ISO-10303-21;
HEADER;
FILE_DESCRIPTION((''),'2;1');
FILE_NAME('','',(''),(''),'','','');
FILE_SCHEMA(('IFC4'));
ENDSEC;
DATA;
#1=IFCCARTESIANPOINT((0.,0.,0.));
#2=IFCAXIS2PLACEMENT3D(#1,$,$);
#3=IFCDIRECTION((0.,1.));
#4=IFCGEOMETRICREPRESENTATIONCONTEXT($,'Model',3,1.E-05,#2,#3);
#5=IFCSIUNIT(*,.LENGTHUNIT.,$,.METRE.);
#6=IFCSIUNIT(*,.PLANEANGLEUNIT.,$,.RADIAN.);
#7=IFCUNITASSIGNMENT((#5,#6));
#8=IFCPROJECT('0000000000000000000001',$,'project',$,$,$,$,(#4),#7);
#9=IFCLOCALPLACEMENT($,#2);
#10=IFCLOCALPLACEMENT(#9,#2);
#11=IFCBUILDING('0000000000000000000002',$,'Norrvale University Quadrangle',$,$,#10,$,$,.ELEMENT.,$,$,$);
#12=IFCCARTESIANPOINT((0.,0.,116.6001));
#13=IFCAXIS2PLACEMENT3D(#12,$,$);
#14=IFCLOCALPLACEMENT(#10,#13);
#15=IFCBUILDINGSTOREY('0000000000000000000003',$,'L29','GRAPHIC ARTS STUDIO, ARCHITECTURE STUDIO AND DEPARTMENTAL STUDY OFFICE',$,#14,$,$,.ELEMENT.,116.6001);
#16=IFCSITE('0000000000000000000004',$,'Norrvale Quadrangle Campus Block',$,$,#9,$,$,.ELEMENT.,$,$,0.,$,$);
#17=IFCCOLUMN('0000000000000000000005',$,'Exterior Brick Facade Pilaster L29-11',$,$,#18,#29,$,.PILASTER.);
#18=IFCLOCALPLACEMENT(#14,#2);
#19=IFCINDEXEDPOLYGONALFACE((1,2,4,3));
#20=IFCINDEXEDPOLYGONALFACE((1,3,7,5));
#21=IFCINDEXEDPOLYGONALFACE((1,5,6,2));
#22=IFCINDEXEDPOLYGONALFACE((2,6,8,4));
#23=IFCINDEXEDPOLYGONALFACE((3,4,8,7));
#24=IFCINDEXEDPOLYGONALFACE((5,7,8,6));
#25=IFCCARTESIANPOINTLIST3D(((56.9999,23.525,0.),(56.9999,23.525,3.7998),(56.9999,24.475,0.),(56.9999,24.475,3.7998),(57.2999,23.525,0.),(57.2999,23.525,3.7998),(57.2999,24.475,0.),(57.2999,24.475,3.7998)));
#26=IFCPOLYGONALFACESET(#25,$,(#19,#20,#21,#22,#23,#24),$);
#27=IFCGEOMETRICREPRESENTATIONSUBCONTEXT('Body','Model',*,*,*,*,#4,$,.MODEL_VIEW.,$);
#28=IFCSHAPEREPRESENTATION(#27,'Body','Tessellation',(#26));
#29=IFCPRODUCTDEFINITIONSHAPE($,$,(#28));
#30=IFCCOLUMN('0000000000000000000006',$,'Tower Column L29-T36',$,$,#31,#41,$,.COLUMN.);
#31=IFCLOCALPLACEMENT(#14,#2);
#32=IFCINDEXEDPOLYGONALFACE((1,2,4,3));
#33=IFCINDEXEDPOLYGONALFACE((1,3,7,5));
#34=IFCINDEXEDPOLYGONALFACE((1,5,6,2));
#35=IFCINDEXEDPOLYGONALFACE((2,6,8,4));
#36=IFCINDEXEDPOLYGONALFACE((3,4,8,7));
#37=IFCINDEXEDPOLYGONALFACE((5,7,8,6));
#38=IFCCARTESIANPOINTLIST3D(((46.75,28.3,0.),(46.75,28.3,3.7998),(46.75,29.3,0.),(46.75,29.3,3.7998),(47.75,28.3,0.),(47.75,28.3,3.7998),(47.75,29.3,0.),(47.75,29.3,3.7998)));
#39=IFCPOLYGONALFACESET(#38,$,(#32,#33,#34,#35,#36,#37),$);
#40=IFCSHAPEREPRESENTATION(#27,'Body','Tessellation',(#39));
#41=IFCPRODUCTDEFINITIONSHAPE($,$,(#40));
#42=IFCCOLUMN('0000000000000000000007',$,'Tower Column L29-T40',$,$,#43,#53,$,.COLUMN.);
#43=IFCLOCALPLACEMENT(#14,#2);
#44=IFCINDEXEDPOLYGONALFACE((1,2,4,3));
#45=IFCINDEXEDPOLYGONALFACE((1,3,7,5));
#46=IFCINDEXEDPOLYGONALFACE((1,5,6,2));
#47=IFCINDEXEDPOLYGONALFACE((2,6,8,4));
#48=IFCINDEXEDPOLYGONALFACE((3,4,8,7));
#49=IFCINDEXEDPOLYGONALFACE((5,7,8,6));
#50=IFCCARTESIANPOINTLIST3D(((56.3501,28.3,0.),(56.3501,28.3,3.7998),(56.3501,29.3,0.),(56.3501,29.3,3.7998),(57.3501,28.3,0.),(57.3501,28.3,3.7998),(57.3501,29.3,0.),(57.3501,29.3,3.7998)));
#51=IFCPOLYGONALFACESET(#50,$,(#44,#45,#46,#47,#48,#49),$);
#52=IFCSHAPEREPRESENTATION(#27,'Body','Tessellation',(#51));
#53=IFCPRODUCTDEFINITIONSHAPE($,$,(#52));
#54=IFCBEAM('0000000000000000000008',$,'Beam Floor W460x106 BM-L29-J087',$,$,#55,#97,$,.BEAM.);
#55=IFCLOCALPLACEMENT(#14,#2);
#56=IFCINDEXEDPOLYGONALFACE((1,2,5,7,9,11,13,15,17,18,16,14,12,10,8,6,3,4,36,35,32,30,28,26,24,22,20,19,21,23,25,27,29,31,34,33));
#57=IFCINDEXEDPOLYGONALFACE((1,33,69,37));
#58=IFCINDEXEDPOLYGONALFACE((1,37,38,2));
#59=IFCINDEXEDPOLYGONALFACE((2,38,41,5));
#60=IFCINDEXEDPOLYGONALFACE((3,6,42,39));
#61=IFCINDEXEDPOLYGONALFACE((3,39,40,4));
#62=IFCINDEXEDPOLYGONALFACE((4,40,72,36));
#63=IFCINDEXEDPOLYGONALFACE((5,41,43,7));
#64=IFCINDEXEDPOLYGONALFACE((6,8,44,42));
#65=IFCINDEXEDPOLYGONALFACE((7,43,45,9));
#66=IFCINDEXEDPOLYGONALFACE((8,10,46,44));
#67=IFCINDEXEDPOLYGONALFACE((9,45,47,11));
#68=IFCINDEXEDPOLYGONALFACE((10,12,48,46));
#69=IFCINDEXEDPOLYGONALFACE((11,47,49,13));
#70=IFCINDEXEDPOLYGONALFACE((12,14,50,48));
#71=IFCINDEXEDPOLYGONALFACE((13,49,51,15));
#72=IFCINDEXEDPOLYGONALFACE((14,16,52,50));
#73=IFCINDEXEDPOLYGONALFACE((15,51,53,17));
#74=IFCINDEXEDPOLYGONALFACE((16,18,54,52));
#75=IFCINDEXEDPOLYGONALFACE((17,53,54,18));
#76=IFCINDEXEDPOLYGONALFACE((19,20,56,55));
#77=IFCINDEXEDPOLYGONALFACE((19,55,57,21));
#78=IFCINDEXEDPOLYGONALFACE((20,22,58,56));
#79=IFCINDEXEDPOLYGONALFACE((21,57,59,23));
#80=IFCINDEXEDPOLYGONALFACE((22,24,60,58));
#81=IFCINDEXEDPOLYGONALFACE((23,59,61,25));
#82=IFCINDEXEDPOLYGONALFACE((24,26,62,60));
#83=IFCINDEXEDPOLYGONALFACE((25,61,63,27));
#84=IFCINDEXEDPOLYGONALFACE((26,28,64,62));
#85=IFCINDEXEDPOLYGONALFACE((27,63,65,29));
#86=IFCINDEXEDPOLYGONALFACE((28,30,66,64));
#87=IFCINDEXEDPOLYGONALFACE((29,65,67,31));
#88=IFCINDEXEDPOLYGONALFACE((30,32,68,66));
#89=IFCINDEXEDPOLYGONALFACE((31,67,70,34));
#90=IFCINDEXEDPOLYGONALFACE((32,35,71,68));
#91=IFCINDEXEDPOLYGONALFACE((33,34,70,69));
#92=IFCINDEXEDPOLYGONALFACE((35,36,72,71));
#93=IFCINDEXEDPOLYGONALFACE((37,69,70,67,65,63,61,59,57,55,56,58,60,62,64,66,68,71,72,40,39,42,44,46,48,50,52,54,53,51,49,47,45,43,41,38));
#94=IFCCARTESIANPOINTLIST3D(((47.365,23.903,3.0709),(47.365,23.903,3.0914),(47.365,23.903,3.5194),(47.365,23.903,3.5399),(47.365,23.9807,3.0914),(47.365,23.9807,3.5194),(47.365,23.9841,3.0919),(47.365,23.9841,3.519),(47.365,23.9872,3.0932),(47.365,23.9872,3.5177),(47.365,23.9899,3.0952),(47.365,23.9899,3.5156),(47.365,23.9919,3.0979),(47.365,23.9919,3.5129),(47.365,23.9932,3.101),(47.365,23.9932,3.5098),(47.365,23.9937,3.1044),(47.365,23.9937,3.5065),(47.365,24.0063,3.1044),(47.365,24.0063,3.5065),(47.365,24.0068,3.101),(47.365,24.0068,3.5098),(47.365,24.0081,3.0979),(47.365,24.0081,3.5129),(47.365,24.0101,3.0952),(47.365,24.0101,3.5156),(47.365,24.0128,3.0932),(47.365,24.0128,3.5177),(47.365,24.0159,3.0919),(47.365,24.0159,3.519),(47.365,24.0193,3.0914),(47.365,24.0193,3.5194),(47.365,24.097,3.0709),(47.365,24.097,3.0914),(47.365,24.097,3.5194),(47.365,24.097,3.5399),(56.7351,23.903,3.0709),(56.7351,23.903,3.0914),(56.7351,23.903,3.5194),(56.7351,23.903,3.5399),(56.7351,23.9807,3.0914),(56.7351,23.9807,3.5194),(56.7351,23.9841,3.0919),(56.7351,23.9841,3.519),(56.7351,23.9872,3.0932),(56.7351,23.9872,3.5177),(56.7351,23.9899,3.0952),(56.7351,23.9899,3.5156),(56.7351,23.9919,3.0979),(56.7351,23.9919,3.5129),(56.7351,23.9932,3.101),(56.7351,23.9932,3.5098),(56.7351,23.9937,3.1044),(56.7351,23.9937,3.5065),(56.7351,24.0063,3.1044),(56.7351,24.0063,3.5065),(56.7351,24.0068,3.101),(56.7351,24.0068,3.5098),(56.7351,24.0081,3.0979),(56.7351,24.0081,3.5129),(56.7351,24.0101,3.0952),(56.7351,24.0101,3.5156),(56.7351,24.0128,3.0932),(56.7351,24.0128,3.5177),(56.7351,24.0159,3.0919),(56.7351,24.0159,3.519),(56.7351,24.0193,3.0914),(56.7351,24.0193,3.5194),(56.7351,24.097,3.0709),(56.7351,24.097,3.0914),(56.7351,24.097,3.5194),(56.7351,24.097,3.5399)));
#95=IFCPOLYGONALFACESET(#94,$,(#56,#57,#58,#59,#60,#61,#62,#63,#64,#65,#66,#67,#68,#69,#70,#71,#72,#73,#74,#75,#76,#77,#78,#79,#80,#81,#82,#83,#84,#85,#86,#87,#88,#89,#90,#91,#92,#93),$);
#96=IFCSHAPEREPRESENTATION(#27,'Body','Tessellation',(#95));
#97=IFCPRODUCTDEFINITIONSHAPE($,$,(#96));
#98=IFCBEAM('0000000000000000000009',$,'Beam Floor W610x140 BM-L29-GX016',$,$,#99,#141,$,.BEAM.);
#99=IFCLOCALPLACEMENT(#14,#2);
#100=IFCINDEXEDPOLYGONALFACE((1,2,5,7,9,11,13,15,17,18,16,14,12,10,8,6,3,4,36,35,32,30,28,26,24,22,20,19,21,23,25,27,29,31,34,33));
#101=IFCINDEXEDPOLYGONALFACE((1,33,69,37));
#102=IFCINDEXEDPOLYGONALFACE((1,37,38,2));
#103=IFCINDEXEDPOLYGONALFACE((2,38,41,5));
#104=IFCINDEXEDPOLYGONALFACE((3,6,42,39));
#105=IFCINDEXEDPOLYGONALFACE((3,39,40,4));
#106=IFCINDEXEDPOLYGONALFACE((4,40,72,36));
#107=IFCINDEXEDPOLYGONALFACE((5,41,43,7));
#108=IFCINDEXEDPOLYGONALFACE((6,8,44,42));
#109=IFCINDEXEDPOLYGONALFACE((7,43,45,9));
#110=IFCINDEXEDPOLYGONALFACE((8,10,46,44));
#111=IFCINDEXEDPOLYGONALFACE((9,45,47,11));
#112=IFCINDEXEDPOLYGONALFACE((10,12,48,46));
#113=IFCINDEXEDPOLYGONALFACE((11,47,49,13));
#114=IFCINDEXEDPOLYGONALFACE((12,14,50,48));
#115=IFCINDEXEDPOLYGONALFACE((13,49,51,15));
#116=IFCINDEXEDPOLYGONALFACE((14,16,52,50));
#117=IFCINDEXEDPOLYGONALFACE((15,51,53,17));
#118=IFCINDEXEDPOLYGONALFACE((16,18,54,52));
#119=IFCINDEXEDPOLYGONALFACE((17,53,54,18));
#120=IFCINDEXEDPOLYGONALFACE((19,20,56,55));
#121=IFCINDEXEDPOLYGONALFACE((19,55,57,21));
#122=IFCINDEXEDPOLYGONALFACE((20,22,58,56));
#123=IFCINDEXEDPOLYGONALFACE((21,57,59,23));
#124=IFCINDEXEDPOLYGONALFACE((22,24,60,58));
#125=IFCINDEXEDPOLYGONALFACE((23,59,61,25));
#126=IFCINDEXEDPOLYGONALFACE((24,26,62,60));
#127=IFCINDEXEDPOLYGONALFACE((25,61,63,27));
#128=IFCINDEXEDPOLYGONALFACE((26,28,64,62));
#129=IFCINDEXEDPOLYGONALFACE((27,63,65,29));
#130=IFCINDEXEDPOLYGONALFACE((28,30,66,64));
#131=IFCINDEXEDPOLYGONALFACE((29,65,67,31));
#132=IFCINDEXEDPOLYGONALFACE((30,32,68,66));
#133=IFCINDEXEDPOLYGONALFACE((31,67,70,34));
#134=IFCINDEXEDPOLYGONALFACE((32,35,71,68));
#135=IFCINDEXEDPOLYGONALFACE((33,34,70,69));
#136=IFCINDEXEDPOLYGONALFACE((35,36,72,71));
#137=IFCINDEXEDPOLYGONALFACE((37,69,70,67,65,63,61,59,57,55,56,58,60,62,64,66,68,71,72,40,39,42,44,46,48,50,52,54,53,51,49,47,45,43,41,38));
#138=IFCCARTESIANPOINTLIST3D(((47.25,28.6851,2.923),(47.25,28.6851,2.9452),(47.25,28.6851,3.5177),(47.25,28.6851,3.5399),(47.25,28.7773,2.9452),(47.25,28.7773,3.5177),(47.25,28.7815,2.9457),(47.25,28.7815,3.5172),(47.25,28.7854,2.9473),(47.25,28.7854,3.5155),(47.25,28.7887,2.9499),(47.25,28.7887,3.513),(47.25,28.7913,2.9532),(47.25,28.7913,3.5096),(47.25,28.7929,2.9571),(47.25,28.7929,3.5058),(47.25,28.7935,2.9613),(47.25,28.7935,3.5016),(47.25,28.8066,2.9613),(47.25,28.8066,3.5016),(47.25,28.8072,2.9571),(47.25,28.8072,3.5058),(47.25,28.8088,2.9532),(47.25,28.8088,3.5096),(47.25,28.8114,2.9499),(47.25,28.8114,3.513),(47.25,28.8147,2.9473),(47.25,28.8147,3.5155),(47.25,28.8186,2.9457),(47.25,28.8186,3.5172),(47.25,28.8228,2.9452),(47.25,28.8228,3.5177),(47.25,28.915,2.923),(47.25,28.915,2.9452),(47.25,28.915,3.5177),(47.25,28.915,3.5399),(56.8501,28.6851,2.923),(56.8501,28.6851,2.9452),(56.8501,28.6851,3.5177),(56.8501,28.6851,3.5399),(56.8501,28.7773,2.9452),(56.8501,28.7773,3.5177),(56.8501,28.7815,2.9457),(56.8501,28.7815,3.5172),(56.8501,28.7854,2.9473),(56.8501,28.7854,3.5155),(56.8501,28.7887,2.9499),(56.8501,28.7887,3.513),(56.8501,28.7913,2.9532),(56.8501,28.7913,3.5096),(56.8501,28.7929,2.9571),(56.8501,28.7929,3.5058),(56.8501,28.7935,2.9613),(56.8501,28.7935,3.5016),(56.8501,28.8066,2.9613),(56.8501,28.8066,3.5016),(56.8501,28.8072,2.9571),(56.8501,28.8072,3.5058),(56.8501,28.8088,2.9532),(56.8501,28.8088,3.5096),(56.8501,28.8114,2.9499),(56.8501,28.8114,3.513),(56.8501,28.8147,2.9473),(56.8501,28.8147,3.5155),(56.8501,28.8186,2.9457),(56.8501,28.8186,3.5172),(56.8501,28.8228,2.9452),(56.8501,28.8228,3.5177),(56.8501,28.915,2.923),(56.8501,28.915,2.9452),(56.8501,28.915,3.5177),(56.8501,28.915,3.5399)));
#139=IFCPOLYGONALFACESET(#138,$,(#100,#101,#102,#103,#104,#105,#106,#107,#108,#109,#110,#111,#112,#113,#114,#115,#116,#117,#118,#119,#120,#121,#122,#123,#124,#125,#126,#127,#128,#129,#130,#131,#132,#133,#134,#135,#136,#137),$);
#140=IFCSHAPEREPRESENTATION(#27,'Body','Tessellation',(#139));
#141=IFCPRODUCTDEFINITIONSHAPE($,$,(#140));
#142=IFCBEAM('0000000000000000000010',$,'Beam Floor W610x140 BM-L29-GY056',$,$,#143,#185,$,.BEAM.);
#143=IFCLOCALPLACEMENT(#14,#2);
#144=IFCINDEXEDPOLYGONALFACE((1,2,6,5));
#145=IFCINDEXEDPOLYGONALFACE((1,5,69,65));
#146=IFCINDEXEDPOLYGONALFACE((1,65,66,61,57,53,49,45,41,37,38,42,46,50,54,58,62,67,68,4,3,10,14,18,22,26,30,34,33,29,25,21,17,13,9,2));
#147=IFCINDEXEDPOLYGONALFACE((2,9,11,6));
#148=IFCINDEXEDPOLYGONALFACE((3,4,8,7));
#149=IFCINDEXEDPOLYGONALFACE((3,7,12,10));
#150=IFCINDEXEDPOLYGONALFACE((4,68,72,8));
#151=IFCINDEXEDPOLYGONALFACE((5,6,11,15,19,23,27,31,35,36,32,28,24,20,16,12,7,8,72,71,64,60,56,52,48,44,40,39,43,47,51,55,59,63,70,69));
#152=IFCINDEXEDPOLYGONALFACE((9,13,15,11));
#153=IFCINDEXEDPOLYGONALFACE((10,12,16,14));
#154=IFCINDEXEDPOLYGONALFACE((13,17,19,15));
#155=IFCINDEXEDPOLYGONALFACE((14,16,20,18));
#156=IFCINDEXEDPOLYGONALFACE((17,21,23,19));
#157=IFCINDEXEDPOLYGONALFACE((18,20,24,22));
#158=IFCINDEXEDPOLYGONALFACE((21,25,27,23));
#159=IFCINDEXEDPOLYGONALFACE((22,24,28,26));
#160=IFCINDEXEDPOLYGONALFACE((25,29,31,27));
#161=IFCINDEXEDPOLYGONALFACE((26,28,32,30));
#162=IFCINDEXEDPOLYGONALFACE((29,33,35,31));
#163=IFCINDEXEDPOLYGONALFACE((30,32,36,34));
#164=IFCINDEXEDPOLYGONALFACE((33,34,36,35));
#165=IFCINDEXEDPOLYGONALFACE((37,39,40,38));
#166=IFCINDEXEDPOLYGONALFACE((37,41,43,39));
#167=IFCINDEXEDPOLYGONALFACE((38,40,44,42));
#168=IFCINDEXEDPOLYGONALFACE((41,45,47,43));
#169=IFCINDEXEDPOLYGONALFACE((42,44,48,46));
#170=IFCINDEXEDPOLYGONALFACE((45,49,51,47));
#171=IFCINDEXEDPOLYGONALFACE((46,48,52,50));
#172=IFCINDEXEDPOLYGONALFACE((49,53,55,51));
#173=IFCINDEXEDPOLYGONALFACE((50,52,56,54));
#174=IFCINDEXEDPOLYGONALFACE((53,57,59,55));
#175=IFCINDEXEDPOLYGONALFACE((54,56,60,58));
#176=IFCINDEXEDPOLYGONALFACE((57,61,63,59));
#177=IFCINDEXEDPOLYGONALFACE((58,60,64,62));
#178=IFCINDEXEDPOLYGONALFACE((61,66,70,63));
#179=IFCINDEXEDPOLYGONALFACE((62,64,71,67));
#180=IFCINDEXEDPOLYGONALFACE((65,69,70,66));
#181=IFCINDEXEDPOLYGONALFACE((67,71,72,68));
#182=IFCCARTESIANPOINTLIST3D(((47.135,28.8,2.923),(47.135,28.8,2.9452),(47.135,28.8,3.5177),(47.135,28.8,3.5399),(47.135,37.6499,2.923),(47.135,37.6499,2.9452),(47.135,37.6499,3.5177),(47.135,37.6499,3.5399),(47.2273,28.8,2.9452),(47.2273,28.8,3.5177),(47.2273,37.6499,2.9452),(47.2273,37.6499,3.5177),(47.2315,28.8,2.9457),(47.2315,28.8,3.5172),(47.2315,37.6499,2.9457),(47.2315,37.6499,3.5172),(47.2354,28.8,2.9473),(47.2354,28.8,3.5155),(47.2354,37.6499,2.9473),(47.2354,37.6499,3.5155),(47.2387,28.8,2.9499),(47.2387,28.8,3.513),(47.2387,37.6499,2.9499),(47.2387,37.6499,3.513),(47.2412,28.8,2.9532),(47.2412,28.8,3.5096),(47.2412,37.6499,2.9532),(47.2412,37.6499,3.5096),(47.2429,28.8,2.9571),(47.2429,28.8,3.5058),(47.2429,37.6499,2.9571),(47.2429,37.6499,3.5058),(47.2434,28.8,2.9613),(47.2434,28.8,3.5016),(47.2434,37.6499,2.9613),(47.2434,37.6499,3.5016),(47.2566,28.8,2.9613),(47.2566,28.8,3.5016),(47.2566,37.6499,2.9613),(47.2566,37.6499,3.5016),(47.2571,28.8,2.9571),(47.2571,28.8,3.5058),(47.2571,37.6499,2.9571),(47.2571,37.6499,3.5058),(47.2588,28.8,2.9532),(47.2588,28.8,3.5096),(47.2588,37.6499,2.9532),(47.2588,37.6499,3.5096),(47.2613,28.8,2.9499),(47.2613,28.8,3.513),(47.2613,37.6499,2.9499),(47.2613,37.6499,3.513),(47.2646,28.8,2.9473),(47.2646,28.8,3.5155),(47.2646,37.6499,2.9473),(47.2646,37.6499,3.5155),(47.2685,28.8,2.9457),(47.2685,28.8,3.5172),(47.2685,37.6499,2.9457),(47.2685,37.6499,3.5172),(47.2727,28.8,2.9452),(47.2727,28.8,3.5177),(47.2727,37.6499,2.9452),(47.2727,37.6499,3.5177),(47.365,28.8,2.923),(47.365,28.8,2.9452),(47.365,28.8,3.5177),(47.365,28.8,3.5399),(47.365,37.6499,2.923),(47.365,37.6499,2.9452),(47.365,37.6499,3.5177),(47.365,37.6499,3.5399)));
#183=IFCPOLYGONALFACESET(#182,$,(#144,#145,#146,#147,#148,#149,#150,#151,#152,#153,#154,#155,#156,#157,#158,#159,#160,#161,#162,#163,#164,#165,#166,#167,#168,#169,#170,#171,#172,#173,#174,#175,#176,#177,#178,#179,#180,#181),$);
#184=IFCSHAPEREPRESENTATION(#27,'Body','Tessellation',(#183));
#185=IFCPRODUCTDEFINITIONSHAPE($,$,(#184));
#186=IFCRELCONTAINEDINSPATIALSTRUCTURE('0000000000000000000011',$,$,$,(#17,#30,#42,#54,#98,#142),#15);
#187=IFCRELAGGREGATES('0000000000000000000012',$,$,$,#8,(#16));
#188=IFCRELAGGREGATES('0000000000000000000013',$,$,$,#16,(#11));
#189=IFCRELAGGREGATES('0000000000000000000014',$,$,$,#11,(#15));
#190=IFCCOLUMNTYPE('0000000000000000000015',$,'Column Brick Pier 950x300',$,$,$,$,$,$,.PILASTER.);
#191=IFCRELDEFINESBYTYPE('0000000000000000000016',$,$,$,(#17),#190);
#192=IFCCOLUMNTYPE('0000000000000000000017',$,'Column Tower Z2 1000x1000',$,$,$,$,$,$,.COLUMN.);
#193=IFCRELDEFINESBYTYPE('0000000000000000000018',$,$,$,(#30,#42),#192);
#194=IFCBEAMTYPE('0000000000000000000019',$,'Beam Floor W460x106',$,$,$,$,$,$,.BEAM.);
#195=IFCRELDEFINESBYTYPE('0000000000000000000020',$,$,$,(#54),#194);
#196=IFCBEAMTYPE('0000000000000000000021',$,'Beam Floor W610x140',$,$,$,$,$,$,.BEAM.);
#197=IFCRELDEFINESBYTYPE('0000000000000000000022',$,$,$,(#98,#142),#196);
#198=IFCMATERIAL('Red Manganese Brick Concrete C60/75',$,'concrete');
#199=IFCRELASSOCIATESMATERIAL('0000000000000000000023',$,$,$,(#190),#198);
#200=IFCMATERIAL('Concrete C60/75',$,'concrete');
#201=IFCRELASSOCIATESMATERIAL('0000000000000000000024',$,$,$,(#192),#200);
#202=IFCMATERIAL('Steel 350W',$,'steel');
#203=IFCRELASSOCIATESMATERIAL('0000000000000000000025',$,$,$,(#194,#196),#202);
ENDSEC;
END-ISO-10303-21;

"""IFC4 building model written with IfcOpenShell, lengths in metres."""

from ifc_helpers import new_model, si_unit, direction, frame, origin, origin_2d, place, context, subcontext, project, spatial, rectangle, i_section, extrude, material, material_profile, profile_set, type_object, element, save


model = new_model("IFC4")

# Units and contexts
model_context = context("Model", 3, precision=1e-05, world=origin(), true_north=direction((0.0, 1.0)))
body_context = subcontext(model_context, "Body", "Model", "MODEL_VIEW")
ifc_project = project(units=[si_unit("LENGTHUNIT", "METRE"), si_unit("PLANEANGLEUNIT", "RADIAN")], contexts=[model_context])

# Site, building, storey
site_placement = place(None, origin())
site = spatial("IfcSite", under=ifc_project, at=site_placement, Name="Norrvale Quadrangle Campus Block", CompositionType="ELEMENT", RefElevation=0.0)
building_placement = place(site_placement, origin())
building = spatial("IfcBuilding", under=site, at=building_placement, Name="Norrvale University Quadrangle", CompositionType="ELEMENT")
storey_placement = place(building_placement, frame((0.0, 0.0, 116.6001)))
storey = spatial("IfcBuildingStorey", under=building, at=storey_placement, Name="L29", Description="GRAPHIC ARTS STUDIO, ARCHITECTURE STUDIO AND DEPARTMENTAL STUDY OFFICE", CompositionType="ELEMENT", Elevation=116.6001)

# Columns
ifc_material_1 = material(Name="Red Manganese Brick Concrete C60/75", Category="concrete")
ifc_material_profile_1 = material_profile(ifc_material_1, rectangle(XDim=0.95, YDim=0.3, at=origin_2d()), Name="Red Manganese Brick Concrete C60/75")
ifc_profile_set_1 = profile_set([ifc_material_profile_1], Name="Red Manganese Brick Concrete C60/75")
column_type_1 = type_object("IfcColumnType", Name="Column Brick Pier 950x300", PredefinedType="PILASTER", material=ifc_profile_set_1)
column_placement = place(storey_placement, frame((57.1499, 24.0, 0.0), z_axis=(0.0, 0.0, 1.0), x_axis=(0.0, 1.0, 0.0)))
element("IfcColumn", 1, at=column_placement, inside=storey, type_object=column_type_1, Name="Exterior Brick Facade Pilaster L29-11", PredefinedType="PILASTER", context=body_context, shape_type="SweptSolid", body=[
    extrude(rectangle(XDim=0.95, YDim=0.3, at=origin_2d()), origin(), (0.0, 0.0, 1.0), 3.7998),
])
ifc_material_2 = material(Name="Concrete C60/75", Category="concrete")
ifc_material_profile_2 = material_profile(ifc_material_2, rectangle(XDim=1.0, YDim=1.0, at=origin_2d()), Name="Concrete C60/75")
ifc_profile_set_2 = profile_set([ifc_material_profile_2], Name="Concrete C60/75")
column_type_2 = type_object("IfcColumnType", Name="Column Tower Z2 1000x1000", PredefinedType="COLUMN", material=ifc_profile_set_2)
for number, where, z_axis, x_axis, name in (
    (2, (47.25, 28.8, 0.0), (0.0, 0.0, 1.0), (1.0, 0.0, 0.0), "Tower Column L29-T36"),
    (3, (56.8501, 28.8, 0.0), (0.0, 0.0, 1.0), (1.0, 0.0, 0.0), "Tower Column L29-T40"),
):
    element("IfcColumn", number, at=place(storey_placement, frame(where, z_axis=z_axis, x_axis=x_axis)), inside=storey, type_object=column_type_2, Name=name, PredefinedType="COLUMN", context=body_context, shape_type="SweptSolid", body=[
        extrude(rectangle(XDim=1.0, YDim=1.0, at=origin_2d()), origin(), (0.0, 0.0, 1.0), 3.7998),
    ])

# Beams
ifc_material_3 = material(Name="Steel 350W", Category="steel")
ifc_material_profile_3 = material_profile(ifc_material_3, i_section(OverallWidth=0.1941, OverallDepth=0.469, WebThickness=0.0127, FlangeThickness=0.0205, FilletRadius=0.0129, at=origin_2d()), Name="Steel 350W")
ifc_profile_set_3 = profile_set([ifc_material_profile_3], Name="Steel 350W")
beam_type_1 = type_object("IfcBeamType", Name="Beam Floor W460x106", PredefinedType="BEAM", material=ifc_profile_set_3)
beam_1_placement = place(storey_placement, frame((47.365, 24.0, 3.3054), z_axis=(1.0, 0.0, 0.0), x_axis=(0.0, 1.0, 0.0)))
element("IfcBeam", 4, at=beam_1_placement, inside=storey, type_object=beam_type_1, Name="Beam Floor W460x106 BM-L29-J087", PredefinedType="BEAM", context=body_context, shape_type="SweptSolid", body=[
    extrude(i_section(OverallWidth=0.1941, OverallDepth=0.469, WebThickness=0.0127, FlangeThickness=0.0205, FilletRadius=0.0129, at=origin_2d()), origin(), (0.0, 0.0, 1.0), 9.3701),
])
ifc_material_profile_4 = material_profile(ifc_material_3, i_section(OverallWidth=0.23, OverallDepth=0.6169, WebThickness=0.0132, FlangeThickness=0.0222, FilletRadius=0.0161, at=origin_2d()), Name="Steel 350W")
ifc_profile_set_4 = profile_set([ifc_material_profile_4], Name="Steel 350W")
beam_type_2 = type_object("IfcBeamType", Name="Beam Floor W610x140", PredefinedType="BEAM", material=ifc_profile_set_4)
beam_2_placement = place(storey_placement, frame((47.25, 28.8, 3.2314), z_axis=(1.0, 0.0, 0.0), x_axis=(0.0, 1.0, 0.0)))
element("IfcBeam", 5, at=beam_2_placement, inside=storey, type_object=beam_type_2, Name="Beam Floor W610x140 BM-L29-GX016", PredefinedType="BEAM", context=body_context, shape_type="SweptSolid", body=[
    extrude(i_section(OverallWidth=0.23, OverallDepth=0.6169, WebThickness=0.0132, FlangeThickness=0.0222, FilletRadius=0.0161, at=origin_2d()), origin(), (0.0, 0.0, 1.0), 9.6001),
])
beam_3_placement = place(storey_placement, frame((47.25, 28.8, 3.2314), z_axis=(0.0, 1.0, 0.0), x_axis=(-1.0, 0.0, 0.0)))
element("IfcBeam", 6, at=beam_3_placement, inside=storey, type_object=beam_type_2, Name="Beam Floor W610x140 BM-L29-GY056", PredefinedType="BEAM", context=body_context, shape_type="SweptSolid", body=[
    extrude(i_section(OverallWidth=0.23, OverallDepth=0.6169, WebThickness=0.0132, FlangeThickness=0.0222, FilletRadius=0.0161, at=origin_2d()), origin(), (0.0, 0.0, 1.0), 8.8499),
])

save(model, "model.ifc")
